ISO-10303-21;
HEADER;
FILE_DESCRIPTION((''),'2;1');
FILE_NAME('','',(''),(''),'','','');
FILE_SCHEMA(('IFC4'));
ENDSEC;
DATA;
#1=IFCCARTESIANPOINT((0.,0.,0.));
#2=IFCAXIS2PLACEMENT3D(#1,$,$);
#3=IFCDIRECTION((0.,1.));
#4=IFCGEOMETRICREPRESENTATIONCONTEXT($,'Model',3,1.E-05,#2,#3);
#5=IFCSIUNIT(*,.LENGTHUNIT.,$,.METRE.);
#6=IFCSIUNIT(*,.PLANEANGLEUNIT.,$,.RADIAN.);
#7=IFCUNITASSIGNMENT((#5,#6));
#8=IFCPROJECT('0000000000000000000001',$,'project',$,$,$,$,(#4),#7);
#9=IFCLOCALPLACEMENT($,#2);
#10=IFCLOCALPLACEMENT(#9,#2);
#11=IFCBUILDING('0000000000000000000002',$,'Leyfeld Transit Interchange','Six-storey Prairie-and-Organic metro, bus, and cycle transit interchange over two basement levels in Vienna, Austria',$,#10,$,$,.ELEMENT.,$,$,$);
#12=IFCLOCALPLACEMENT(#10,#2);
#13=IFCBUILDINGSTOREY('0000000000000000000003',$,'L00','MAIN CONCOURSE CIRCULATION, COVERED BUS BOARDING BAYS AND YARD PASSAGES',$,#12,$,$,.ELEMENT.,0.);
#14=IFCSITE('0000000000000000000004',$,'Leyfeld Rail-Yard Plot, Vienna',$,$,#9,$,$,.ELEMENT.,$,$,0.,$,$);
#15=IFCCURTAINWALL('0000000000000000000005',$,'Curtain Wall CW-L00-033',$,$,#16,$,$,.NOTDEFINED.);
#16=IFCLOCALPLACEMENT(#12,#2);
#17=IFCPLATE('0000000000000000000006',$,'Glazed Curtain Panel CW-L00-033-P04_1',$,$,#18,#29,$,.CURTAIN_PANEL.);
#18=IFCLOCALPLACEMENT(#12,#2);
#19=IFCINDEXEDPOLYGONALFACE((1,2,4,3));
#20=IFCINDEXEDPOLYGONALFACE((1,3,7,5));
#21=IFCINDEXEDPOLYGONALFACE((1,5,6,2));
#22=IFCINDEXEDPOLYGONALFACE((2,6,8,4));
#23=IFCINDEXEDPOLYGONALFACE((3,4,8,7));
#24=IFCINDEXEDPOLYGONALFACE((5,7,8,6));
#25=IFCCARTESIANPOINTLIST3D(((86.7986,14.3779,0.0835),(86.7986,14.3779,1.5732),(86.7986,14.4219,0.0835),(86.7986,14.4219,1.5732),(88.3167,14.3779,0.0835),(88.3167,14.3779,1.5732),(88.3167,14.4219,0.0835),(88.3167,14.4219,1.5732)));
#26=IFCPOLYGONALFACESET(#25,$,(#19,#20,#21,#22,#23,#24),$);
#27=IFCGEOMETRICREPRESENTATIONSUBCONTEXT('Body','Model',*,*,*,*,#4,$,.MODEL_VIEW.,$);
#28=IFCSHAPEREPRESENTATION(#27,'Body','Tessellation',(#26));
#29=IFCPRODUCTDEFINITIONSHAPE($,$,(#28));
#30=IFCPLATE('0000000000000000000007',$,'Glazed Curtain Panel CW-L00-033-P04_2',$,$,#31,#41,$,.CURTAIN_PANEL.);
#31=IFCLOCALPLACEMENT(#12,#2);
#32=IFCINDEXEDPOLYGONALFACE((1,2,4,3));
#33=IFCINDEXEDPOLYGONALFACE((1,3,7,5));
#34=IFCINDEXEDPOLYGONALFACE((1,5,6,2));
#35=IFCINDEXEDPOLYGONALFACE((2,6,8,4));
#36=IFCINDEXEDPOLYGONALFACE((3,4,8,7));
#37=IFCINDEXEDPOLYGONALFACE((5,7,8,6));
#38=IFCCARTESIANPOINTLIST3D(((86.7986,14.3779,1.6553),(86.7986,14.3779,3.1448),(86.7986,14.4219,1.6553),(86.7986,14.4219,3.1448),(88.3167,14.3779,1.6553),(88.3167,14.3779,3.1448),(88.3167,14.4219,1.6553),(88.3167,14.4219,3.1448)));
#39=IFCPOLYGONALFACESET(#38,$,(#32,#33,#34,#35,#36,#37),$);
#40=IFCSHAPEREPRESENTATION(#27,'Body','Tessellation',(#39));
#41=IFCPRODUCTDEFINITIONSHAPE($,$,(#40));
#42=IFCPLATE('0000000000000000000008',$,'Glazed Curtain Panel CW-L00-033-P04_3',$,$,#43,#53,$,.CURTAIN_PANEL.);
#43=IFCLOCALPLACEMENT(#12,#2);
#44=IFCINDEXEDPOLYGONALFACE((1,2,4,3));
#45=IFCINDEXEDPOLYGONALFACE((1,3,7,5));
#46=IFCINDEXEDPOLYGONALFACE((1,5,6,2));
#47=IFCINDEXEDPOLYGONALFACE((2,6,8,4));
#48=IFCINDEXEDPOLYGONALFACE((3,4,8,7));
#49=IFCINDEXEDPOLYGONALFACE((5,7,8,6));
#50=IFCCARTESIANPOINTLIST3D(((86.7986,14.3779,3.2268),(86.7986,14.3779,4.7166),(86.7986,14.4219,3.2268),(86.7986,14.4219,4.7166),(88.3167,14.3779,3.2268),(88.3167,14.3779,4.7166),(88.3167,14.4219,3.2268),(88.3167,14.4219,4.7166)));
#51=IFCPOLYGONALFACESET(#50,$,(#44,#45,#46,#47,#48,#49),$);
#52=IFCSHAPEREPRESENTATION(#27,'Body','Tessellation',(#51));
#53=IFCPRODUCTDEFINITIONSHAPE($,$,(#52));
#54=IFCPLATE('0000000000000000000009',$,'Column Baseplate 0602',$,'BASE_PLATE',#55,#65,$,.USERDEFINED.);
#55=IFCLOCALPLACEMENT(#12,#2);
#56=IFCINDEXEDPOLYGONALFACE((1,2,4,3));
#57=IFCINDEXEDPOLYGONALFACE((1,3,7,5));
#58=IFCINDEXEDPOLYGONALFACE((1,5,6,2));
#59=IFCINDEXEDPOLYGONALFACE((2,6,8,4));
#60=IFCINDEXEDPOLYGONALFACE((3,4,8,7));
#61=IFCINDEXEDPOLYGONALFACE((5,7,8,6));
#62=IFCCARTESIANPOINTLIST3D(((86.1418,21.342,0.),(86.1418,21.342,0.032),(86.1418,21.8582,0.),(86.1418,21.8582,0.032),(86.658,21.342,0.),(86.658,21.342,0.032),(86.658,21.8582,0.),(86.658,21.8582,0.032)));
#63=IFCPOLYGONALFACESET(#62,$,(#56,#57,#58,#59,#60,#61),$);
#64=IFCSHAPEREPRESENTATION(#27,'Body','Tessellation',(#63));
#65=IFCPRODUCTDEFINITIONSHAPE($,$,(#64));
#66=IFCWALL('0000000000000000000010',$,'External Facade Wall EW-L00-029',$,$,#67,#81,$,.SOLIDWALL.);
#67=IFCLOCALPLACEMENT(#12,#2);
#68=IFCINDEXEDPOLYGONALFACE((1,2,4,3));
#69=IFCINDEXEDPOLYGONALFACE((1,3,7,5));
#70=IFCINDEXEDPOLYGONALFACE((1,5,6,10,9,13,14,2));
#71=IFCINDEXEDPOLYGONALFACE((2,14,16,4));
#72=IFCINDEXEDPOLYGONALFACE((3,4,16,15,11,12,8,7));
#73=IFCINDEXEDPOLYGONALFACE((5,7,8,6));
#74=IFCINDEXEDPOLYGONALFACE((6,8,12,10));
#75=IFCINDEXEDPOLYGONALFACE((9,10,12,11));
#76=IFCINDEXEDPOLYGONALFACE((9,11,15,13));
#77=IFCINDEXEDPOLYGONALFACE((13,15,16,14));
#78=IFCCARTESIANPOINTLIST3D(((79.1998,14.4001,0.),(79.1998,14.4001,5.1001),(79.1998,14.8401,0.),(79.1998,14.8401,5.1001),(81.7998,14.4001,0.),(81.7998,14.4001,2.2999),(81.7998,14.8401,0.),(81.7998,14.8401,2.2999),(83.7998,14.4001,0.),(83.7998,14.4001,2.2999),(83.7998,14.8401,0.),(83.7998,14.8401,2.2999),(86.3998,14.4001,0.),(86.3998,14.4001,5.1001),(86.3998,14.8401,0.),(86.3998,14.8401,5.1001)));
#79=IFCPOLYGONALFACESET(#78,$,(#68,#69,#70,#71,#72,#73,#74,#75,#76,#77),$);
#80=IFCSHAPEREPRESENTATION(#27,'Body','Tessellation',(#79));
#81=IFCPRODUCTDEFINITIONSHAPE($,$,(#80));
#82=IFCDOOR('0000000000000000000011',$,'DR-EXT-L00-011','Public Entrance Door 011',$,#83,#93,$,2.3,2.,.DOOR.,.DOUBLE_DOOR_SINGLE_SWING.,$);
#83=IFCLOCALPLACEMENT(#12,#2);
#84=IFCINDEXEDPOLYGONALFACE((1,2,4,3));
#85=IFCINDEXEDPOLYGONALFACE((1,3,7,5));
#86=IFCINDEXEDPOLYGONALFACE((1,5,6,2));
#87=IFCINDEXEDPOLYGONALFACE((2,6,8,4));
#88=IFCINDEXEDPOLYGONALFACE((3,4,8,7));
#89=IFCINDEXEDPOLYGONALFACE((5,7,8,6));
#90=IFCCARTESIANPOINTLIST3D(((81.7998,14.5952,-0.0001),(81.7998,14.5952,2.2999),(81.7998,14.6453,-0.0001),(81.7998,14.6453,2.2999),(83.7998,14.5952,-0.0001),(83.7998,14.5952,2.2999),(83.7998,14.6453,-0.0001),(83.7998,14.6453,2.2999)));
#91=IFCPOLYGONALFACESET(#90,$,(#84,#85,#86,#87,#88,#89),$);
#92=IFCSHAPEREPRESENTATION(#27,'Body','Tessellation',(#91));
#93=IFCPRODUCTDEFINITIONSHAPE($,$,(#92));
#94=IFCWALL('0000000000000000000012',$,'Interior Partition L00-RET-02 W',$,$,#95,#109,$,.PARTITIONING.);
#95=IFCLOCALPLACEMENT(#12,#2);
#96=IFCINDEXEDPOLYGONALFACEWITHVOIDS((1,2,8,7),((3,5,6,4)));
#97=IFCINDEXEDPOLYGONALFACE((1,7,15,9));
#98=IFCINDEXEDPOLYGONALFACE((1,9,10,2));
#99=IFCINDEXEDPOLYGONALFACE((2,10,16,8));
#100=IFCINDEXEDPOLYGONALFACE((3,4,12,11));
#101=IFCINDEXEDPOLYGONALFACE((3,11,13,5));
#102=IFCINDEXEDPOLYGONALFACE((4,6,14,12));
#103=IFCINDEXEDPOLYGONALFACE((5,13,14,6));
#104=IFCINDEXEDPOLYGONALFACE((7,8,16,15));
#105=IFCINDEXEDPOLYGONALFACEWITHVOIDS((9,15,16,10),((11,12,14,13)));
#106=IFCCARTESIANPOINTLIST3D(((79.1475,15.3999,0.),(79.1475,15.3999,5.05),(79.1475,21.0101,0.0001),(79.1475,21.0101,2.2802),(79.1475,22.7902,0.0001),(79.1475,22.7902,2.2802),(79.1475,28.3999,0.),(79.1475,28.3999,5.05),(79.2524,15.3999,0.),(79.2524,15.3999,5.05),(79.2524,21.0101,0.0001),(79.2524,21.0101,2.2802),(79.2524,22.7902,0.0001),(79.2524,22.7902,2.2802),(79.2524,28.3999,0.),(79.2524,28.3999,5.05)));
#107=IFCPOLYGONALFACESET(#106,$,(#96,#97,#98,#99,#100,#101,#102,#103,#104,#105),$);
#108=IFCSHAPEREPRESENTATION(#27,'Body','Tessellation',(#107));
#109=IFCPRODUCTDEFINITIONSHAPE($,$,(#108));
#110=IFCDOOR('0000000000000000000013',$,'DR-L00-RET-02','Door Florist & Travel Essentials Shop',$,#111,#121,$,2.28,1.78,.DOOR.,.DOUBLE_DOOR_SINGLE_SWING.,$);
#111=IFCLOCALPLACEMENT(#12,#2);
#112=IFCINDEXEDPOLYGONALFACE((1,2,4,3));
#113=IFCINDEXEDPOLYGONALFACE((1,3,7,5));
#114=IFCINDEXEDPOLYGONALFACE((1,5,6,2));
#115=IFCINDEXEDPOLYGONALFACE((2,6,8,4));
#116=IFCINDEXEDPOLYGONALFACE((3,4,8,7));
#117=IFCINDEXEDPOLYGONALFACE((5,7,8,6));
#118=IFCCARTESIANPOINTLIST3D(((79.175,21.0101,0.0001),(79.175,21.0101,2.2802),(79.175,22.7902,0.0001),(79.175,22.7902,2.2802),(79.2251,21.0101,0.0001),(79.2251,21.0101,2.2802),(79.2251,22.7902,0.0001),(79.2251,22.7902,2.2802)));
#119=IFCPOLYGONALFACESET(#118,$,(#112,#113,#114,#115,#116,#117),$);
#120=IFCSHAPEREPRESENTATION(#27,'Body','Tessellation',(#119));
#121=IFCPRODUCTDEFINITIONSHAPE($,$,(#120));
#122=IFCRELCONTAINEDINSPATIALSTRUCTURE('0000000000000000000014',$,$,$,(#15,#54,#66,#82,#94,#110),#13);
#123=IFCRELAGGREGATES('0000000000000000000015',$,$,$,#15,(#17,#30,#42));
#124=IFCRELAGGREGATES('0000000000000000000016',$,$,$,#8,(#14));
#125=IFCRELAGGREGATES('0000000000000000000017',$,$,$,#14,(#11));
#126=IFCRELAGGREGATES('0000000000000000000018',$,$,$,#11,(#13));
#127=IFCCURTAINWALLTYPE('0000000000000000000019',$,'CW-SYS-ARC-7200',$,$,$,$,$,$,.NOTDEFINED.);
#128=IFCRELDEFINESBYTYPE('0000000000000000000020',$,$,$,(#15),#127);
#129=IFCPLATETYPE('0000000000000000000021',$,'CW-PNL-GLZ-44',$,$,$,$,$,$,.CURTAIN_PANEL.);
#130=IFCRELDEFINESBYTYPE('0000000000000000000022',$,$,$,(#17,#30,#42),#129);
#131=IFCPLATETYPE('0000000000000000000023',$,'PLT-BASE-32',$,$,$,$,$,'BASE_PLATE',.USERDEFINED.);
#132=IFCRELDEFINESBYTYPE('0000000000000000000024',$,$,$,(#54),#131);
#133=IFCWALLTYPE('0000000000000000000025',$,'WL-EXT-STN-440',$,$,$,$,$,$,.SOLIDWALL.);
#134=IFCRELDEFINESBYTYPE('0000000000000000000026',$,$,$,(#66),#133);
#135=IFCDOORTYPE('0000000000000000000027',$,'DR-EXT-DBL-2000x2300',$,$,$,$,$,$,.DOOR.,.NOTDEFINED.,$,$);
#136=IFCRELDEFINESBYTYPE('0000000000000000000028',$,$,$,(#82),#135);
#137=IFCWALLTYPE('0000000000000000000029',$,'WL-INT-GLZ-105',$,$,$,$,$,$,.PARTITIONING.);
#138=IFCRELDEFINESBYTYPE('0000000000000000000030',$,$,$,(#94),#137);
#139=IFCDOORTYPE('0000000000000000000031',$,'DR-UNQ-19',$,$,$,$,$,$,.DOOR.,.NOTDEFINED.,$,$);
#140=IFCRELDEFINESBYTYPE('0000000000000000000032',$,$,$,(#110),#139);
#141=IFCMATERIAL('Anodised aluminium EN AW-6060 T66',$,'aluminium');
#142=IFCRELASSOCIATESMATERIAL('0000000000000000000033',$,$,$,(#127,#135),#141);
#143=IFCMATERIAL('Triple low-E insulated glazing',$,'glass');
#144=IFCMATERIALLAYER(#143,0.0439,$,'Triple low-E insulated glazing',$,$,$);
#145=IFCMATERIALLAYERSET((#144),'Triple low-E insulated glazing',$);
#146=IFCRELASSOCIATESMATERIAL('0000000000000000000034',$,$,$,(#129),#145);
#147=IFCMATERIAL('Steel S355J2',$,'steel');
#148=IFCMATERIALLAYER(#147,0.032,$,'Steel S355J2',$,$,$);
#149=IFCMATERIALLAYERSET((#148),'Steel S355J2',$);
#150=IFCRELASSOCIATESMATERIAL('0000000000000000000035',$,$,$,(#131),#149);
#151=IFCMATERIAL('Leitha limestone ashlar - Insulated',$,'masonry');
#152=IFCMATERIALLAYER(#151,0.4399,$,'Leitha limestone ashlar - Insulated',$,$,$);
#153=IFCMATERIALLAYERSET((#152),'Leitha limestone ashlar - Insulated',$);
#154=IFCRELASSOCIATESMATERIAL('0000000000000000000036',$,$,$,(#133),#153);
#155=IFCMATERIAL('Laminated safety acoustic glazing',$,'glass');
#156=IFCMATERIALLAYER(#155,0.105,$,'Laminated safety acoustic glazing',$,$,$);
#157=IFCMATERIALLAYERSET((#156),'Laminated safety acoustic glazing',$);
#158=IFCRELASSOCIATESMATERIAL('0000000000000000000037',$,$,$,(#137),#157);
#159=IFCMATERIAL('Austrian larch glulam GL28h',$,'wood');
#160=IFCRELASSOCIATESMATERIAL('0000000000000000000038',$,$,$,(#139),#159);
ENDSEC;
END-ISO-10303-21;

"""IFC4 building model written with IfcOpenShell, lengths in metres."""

from ifc_helpers import new_model, si_unit, direction, frame, frame_2d, origin, origin_2d, place, context, subcontext, project, spatial, rectangle, extrude, material, layer, layer_set, type_object, element, fill, aggregate, save


model = new_model("IFC4")

# Units and contexts
model_context = context("Model", 3, precision=1e-05, world=origin(), true_north=direction((0.0, 1.0)))
body_context = subcontext(model_context, "Body", "Model", "MODEL_VIEW")
ifc_project = project(units=[si_unit("LENGTHUNIT", "METRE"), si_unit("PLANEANGLEUNIT", "RADIAN")], contexts=[model_context])

# Site, building, storey
site_placement = place(None, origin())
site = spatial("IfcSite", under=ifc_project, at=site_placement, Name="Leyfeld Rail-Yard Plot, Vienna", CompositionType="ELEMENT", RefElevation=0.0)
building_placement = place(site_placement, origin())
building = spatial("IfcBuilding", under=site, at=building_placement, Name="Leyfeld Transit Interchange", Description="Six-storey Prairie-and-Organic metro, bus, and cycle transit interchange over two basement levels in Vienna, Austria", CompositionType="ELEMENT")
storey_placement = place(building_placement, origin())
storey = spatial("IfcBuildingStorey", under=building, at=storey_placement, Name="L00", Description="MAIN CONCOURSE CIRCULATION, COVERED BUS BOARDING BAYS AND YARD PASSAGES", CompositionType="ELEMENT", Elevation=0.0)

# Shared definitions
ifc_material_1 = material(Name="Steel S355J2", Category="steel")

# Curtain wall
ifc_material_2 = material(Name="Anodised aluminium EN AW-6060 T66", Category="aluminium")
curtain_wall_type = type_object("IfcCurtainWallType", Name="CW-SYS-ARC-7200", PredefinedType="NOTDEFINED", material=ifc_material_2)
curtain_wall_1_placement = place(storey_placement, origin())
curtain_wall_1 = element("IfcCurtainWall", 1, at=curtain_wall_1_placement, inside=storey, type_object=curtain_wall_type, Name="Curtain Wall CW-L00-033", PredefinedType="NOTDEFINED")

# Plates
ifc_material_3 = material(Name="Triple low-E insulated glazing", Category="glass")
ifc_layer_1 = layer(ifc_material_3, 0.0439, Name="Triple low-E insulated glazing")
ifc_layer_set_1 = layer_set([ifc_layer_1], Name="Triple low-E insulated glazing")
plate_type_1 = type_object("IfcPlateType", Name="CW-PNL-GLZ-44", PredefinedType="CURTAIN_PANEL", material=ifc_layer_set_1)
plate_1_placement = place(storey_placement, frame((87.5576, 14.3999, 0.0835), z_axis=(0.0, 0.0, 1.0), x_axis=(-1.0, 0.0, 0.0)))
plate_1 = element("IfcPlate", 2, at=plate_1_placement, type_object=plate_type_1, Name="Glazed Curtain Panel CW-L00-033-P04_1", PredefinedType="CURTAIN_PANEL", context=body_context, shape_type="SweptSolid", body=[
    extrude(rectangle(XDim=1.5181, YDim=0.0439, at=origin_2d()), origin(), (0.0, 0.0, 1.0), 1.4897),
])
plate_2_placement = place(storey_placement, frame((87.5576, 14.3999, 1.6553), z_axis=(0.0, 0.0, 1.0), x_axis=(-1.0, 0.0, 0.0)))
plate_2 = element("IfcPlate", 3, at=plate_2_placement, type_object=plate_type_1, Name="Glazed Curtain Panel CW-L00-033-P04_2", PredefinedType="CURTAIN_PANEL", context=body_context, shape_type="SweptSolid", body=[
    extrude(rectangle(XDim=1.5181, YDim=0.0439, at=origin_2d()), origin(), (0.0, 0.0, 1.0), 1.4895),
])
plate_3_placement = place(storey_placement, frame((87.5576, 14.3999, 3.2268), z_axis=(0.0, 0.0, 1.0), x_axis=(-1.0, 0.0, 0.0)))
plate_3 = element("IfcPlate", 4, at=plate_3_placement, type_object=plate_type_1, Name="Glazed Curtain Panel CW-L00-033-P04_3", PredefinedType="CURTAIN_PANEL", context=body_context, shape_type="SweptSolid", body=[
    extrude(rectangle(XDim=1.5181, YDim=0.0439, at=origin_2d()), origin(), (0.0, 0.0, 1.0), 1.4897),
])
aggregate(curtain_wall_1, [plate_1, plate_2, plate_3])
ifc_layer_2 = layer(ifc_material_1, 0.032, Name="Steel S355J2")
ifc_layer_set_2 = layer_set([ifc_layer_2], Name="Steel S355J2")
plate_type_2 = type_object("IfcPlateType", Name="PLT-BASE-32", ElementType="BASE_PLATE", PredefinedType="USERDEFINED", material=ifc_layer_set_2)
plate_4_placement = place(storey_placement, frame((86.3999, 21.6001, 0.0), z_axis=(0.0, 0.0, 1.0), x_axis=(1.0, 0.0, 0.0)))
element("IfcPlate", 5, at=plate_4_placement, inside=storey, type_object=plate_type_2, Name="Column Baseplate 0602", ObjectType="BASE_PLATE", PredefinedType="USERDEFINED", context=body_context, shape_type="SweptSolid", body=[
    extrude(rectangle(XDim=0.5161, YDim=0.5161, at=origin_2d()), origin(), (0.0, 0.0, 1.0), 0.032),
])

# Walls, openings, doors
ifc_material_4 = material(Name="Leitha limestone ashlar - Insulated", Category="masonry")
ifc_layer_3 = layer(ifc_material_4, 0.4399, Name="Leitha limestone ashlar - Insulated")
ifc_layer_set_3 = layer_set([ifc_layer_3], Name="Leitha limestone ashlar - Insulated")
wall_type_1 = type_object("IfcWallType", Name="WL-EXT-STN-440", PredefinedType="SOLIDWALL", material=ifc_layer_set_3)
wall_1_placement = place(storey_placement, frame((86.3999, 14.6201, 0.0), z_axis=(0.0, 0.0, 1.0), x_axis=(-1.0, 0.0, 0.0)))
wall_1 = element("IfcWall", 6, at=wall_1_placement, inside=storey, type_object=wall_type_1, Name="External Facade Wall EW-L00-029", PredefinedType="SOLIDWALL", context=body_context, shape_type="SweptSolid", body=[
    extrude(rectangle(XDim=7.2, YDim=0.4399, at=frame_2d((3.6001, 0.0))), origin(), (0.0, 0.0, 1.0), 5.1001),
])
opening_1_placement = place(wall_1_placement, frame((2.6001, 0.0, 0.0)))
opening_1 = element("IfcOpeningElement", 7, at=opening_1_placement, cuts=wall_1, PredefinedType="OPENING", context=body_context, shape_type="SweptSolid", body=[
    extrude(rectangle(XDim=2.0, YDim=2.3, at=frame_2d((1.0, 1.1499))), frame((0.0, 0.23, 0.0), z_axis=(0.0, -1.0, 0.0), x_axis=(1.0, 0.0, 0.0)), (0.0, 0.0, 1.0), 0.46),
])
door_type_1 = type_object("IfcDoorType", Name="DR-EXT-DBL-2000x2300", OperationType="NOTDEFINED", PredefinedType="DOOR", material=ifc_material_2)
door_1_placement = place(opening_1_placement, origin())
door_1 = element("IfcDoor", 8, at=door_1_placement, inside=storey, type_object=door_type_1, Name="DR-EXT-L00-011", Description="Public Entrance Door 011", OperationType="DOUBLE_DOOR_SINGLE_SWING", OverallHeight=2.3, OverallWidth=2.0, PredefinedType="DOOR", context=body_context, shape_type="SweptSolid", body=[
    extrude(rectangle(XDim=2.0, YDim=2.3, at=frame_2d((1.0, 1.1499))), frame((0.0, 0.0249, 0.0), z_axis=(0.0, -1.0, 0.0), x_axis=(1.0, 0.0, 0.0)), (0.0, 0.0, 1.0), 0.05),
])
fill(opening_1, door_1)
ifc_material_5 = material(Name="Laminated safety acoustic glazing", Category="glass")
ifc_layer_4 = layer(ifc_material_5, 0.105, Name="Laminated safety acoustic glazing")
ifc_layer_set_4 = layer_set([ifc_layer_4], Name="Laminated safety acoustic glazing")
wall_type_2 = type_object("IfcWallType", Name="WL-INT-GLZ-105", PredefinedType="PARTITIONING", material=ifc_layer_set_4)
wall_2_placement = place(storey_placement, frame((79.2, 15.3999, 0.0), z_axis=(0.0, 0.0, 1.0), x_axis=(0.0, 1.0, 0.0)))
wall_2 = element("IfcWall", 9, at=wall_2_placement, inside=storey, type_object=wall_type_2, Name="Interior Partition L00-RET-02 W", PredefinedType="PARTITIONING", context=body_context, shape_type="SweptSolid", body=[
    extrude(rectangle(XDim=13.0, YDim=0.105, at=frame_2d((6.5, 0.0))), origin(), (0.0, 0.0, 1.0), 5.05),
])
opening_2_placement = place(wall_2_placement, frame((5.6101, 0.0, 0.0)))
opening_2 = element("IfcOpeningElement", 10, at=opening_2_placement, cuts=wall_2, PredefinedType="OPENING", context=body_context, shape_type="SweptSolid", body=[
    extrude(rectangle(XDim=1.78, YDim=2.28, at=frame_2d((0.8901, 1.1401))), frame((0.0, 0.0625, 0.0), z_axis=(0.0, -1.0, 0.0), x_axis=(1.0, 0.0, 0.0)), (0.0, 0.0, 1.0), 0.125),
])
ifc_material_6 = material(Name="Austrian larch glulam GL28h", Category="wood")
door_type_2 = type_object("IfcDoorType", Name="DR-UNQ-19", OperationType="NOTDEFINED", PredefinedType="DOOR", material=ifc_material_6)
door_2_placement = place(opening_2_placement, origin())
door_2 = element("IfcDoor", 11, at=door_2_placement, inside=storey, type_object=door_type_2, Name="DR-L00-RET-02", Description="Door Florist & Travel Essentials Shop", OperationType="DOUBLE_DOOR_SINGLE_SWING", OverallHeight=2.28, OverallWidth=1.78, PredefinedType="DOOR", context=body_context, shape_type="SweptSolid", body=[
    extrude(rectangle(XDim=1.78, YDim=2.28, at=frame_2d((0.8901, 1.1401))), frame((0.0, 0.0249, 0.0), z_axis=(0.0, -1.0, 0.0), x_axis=(1.0, 0.0, 0.0)), (0.0, 0.0, 1.0), 0.05),
])
fill(opening_2, door_2)

save(model, "model.ifc")
